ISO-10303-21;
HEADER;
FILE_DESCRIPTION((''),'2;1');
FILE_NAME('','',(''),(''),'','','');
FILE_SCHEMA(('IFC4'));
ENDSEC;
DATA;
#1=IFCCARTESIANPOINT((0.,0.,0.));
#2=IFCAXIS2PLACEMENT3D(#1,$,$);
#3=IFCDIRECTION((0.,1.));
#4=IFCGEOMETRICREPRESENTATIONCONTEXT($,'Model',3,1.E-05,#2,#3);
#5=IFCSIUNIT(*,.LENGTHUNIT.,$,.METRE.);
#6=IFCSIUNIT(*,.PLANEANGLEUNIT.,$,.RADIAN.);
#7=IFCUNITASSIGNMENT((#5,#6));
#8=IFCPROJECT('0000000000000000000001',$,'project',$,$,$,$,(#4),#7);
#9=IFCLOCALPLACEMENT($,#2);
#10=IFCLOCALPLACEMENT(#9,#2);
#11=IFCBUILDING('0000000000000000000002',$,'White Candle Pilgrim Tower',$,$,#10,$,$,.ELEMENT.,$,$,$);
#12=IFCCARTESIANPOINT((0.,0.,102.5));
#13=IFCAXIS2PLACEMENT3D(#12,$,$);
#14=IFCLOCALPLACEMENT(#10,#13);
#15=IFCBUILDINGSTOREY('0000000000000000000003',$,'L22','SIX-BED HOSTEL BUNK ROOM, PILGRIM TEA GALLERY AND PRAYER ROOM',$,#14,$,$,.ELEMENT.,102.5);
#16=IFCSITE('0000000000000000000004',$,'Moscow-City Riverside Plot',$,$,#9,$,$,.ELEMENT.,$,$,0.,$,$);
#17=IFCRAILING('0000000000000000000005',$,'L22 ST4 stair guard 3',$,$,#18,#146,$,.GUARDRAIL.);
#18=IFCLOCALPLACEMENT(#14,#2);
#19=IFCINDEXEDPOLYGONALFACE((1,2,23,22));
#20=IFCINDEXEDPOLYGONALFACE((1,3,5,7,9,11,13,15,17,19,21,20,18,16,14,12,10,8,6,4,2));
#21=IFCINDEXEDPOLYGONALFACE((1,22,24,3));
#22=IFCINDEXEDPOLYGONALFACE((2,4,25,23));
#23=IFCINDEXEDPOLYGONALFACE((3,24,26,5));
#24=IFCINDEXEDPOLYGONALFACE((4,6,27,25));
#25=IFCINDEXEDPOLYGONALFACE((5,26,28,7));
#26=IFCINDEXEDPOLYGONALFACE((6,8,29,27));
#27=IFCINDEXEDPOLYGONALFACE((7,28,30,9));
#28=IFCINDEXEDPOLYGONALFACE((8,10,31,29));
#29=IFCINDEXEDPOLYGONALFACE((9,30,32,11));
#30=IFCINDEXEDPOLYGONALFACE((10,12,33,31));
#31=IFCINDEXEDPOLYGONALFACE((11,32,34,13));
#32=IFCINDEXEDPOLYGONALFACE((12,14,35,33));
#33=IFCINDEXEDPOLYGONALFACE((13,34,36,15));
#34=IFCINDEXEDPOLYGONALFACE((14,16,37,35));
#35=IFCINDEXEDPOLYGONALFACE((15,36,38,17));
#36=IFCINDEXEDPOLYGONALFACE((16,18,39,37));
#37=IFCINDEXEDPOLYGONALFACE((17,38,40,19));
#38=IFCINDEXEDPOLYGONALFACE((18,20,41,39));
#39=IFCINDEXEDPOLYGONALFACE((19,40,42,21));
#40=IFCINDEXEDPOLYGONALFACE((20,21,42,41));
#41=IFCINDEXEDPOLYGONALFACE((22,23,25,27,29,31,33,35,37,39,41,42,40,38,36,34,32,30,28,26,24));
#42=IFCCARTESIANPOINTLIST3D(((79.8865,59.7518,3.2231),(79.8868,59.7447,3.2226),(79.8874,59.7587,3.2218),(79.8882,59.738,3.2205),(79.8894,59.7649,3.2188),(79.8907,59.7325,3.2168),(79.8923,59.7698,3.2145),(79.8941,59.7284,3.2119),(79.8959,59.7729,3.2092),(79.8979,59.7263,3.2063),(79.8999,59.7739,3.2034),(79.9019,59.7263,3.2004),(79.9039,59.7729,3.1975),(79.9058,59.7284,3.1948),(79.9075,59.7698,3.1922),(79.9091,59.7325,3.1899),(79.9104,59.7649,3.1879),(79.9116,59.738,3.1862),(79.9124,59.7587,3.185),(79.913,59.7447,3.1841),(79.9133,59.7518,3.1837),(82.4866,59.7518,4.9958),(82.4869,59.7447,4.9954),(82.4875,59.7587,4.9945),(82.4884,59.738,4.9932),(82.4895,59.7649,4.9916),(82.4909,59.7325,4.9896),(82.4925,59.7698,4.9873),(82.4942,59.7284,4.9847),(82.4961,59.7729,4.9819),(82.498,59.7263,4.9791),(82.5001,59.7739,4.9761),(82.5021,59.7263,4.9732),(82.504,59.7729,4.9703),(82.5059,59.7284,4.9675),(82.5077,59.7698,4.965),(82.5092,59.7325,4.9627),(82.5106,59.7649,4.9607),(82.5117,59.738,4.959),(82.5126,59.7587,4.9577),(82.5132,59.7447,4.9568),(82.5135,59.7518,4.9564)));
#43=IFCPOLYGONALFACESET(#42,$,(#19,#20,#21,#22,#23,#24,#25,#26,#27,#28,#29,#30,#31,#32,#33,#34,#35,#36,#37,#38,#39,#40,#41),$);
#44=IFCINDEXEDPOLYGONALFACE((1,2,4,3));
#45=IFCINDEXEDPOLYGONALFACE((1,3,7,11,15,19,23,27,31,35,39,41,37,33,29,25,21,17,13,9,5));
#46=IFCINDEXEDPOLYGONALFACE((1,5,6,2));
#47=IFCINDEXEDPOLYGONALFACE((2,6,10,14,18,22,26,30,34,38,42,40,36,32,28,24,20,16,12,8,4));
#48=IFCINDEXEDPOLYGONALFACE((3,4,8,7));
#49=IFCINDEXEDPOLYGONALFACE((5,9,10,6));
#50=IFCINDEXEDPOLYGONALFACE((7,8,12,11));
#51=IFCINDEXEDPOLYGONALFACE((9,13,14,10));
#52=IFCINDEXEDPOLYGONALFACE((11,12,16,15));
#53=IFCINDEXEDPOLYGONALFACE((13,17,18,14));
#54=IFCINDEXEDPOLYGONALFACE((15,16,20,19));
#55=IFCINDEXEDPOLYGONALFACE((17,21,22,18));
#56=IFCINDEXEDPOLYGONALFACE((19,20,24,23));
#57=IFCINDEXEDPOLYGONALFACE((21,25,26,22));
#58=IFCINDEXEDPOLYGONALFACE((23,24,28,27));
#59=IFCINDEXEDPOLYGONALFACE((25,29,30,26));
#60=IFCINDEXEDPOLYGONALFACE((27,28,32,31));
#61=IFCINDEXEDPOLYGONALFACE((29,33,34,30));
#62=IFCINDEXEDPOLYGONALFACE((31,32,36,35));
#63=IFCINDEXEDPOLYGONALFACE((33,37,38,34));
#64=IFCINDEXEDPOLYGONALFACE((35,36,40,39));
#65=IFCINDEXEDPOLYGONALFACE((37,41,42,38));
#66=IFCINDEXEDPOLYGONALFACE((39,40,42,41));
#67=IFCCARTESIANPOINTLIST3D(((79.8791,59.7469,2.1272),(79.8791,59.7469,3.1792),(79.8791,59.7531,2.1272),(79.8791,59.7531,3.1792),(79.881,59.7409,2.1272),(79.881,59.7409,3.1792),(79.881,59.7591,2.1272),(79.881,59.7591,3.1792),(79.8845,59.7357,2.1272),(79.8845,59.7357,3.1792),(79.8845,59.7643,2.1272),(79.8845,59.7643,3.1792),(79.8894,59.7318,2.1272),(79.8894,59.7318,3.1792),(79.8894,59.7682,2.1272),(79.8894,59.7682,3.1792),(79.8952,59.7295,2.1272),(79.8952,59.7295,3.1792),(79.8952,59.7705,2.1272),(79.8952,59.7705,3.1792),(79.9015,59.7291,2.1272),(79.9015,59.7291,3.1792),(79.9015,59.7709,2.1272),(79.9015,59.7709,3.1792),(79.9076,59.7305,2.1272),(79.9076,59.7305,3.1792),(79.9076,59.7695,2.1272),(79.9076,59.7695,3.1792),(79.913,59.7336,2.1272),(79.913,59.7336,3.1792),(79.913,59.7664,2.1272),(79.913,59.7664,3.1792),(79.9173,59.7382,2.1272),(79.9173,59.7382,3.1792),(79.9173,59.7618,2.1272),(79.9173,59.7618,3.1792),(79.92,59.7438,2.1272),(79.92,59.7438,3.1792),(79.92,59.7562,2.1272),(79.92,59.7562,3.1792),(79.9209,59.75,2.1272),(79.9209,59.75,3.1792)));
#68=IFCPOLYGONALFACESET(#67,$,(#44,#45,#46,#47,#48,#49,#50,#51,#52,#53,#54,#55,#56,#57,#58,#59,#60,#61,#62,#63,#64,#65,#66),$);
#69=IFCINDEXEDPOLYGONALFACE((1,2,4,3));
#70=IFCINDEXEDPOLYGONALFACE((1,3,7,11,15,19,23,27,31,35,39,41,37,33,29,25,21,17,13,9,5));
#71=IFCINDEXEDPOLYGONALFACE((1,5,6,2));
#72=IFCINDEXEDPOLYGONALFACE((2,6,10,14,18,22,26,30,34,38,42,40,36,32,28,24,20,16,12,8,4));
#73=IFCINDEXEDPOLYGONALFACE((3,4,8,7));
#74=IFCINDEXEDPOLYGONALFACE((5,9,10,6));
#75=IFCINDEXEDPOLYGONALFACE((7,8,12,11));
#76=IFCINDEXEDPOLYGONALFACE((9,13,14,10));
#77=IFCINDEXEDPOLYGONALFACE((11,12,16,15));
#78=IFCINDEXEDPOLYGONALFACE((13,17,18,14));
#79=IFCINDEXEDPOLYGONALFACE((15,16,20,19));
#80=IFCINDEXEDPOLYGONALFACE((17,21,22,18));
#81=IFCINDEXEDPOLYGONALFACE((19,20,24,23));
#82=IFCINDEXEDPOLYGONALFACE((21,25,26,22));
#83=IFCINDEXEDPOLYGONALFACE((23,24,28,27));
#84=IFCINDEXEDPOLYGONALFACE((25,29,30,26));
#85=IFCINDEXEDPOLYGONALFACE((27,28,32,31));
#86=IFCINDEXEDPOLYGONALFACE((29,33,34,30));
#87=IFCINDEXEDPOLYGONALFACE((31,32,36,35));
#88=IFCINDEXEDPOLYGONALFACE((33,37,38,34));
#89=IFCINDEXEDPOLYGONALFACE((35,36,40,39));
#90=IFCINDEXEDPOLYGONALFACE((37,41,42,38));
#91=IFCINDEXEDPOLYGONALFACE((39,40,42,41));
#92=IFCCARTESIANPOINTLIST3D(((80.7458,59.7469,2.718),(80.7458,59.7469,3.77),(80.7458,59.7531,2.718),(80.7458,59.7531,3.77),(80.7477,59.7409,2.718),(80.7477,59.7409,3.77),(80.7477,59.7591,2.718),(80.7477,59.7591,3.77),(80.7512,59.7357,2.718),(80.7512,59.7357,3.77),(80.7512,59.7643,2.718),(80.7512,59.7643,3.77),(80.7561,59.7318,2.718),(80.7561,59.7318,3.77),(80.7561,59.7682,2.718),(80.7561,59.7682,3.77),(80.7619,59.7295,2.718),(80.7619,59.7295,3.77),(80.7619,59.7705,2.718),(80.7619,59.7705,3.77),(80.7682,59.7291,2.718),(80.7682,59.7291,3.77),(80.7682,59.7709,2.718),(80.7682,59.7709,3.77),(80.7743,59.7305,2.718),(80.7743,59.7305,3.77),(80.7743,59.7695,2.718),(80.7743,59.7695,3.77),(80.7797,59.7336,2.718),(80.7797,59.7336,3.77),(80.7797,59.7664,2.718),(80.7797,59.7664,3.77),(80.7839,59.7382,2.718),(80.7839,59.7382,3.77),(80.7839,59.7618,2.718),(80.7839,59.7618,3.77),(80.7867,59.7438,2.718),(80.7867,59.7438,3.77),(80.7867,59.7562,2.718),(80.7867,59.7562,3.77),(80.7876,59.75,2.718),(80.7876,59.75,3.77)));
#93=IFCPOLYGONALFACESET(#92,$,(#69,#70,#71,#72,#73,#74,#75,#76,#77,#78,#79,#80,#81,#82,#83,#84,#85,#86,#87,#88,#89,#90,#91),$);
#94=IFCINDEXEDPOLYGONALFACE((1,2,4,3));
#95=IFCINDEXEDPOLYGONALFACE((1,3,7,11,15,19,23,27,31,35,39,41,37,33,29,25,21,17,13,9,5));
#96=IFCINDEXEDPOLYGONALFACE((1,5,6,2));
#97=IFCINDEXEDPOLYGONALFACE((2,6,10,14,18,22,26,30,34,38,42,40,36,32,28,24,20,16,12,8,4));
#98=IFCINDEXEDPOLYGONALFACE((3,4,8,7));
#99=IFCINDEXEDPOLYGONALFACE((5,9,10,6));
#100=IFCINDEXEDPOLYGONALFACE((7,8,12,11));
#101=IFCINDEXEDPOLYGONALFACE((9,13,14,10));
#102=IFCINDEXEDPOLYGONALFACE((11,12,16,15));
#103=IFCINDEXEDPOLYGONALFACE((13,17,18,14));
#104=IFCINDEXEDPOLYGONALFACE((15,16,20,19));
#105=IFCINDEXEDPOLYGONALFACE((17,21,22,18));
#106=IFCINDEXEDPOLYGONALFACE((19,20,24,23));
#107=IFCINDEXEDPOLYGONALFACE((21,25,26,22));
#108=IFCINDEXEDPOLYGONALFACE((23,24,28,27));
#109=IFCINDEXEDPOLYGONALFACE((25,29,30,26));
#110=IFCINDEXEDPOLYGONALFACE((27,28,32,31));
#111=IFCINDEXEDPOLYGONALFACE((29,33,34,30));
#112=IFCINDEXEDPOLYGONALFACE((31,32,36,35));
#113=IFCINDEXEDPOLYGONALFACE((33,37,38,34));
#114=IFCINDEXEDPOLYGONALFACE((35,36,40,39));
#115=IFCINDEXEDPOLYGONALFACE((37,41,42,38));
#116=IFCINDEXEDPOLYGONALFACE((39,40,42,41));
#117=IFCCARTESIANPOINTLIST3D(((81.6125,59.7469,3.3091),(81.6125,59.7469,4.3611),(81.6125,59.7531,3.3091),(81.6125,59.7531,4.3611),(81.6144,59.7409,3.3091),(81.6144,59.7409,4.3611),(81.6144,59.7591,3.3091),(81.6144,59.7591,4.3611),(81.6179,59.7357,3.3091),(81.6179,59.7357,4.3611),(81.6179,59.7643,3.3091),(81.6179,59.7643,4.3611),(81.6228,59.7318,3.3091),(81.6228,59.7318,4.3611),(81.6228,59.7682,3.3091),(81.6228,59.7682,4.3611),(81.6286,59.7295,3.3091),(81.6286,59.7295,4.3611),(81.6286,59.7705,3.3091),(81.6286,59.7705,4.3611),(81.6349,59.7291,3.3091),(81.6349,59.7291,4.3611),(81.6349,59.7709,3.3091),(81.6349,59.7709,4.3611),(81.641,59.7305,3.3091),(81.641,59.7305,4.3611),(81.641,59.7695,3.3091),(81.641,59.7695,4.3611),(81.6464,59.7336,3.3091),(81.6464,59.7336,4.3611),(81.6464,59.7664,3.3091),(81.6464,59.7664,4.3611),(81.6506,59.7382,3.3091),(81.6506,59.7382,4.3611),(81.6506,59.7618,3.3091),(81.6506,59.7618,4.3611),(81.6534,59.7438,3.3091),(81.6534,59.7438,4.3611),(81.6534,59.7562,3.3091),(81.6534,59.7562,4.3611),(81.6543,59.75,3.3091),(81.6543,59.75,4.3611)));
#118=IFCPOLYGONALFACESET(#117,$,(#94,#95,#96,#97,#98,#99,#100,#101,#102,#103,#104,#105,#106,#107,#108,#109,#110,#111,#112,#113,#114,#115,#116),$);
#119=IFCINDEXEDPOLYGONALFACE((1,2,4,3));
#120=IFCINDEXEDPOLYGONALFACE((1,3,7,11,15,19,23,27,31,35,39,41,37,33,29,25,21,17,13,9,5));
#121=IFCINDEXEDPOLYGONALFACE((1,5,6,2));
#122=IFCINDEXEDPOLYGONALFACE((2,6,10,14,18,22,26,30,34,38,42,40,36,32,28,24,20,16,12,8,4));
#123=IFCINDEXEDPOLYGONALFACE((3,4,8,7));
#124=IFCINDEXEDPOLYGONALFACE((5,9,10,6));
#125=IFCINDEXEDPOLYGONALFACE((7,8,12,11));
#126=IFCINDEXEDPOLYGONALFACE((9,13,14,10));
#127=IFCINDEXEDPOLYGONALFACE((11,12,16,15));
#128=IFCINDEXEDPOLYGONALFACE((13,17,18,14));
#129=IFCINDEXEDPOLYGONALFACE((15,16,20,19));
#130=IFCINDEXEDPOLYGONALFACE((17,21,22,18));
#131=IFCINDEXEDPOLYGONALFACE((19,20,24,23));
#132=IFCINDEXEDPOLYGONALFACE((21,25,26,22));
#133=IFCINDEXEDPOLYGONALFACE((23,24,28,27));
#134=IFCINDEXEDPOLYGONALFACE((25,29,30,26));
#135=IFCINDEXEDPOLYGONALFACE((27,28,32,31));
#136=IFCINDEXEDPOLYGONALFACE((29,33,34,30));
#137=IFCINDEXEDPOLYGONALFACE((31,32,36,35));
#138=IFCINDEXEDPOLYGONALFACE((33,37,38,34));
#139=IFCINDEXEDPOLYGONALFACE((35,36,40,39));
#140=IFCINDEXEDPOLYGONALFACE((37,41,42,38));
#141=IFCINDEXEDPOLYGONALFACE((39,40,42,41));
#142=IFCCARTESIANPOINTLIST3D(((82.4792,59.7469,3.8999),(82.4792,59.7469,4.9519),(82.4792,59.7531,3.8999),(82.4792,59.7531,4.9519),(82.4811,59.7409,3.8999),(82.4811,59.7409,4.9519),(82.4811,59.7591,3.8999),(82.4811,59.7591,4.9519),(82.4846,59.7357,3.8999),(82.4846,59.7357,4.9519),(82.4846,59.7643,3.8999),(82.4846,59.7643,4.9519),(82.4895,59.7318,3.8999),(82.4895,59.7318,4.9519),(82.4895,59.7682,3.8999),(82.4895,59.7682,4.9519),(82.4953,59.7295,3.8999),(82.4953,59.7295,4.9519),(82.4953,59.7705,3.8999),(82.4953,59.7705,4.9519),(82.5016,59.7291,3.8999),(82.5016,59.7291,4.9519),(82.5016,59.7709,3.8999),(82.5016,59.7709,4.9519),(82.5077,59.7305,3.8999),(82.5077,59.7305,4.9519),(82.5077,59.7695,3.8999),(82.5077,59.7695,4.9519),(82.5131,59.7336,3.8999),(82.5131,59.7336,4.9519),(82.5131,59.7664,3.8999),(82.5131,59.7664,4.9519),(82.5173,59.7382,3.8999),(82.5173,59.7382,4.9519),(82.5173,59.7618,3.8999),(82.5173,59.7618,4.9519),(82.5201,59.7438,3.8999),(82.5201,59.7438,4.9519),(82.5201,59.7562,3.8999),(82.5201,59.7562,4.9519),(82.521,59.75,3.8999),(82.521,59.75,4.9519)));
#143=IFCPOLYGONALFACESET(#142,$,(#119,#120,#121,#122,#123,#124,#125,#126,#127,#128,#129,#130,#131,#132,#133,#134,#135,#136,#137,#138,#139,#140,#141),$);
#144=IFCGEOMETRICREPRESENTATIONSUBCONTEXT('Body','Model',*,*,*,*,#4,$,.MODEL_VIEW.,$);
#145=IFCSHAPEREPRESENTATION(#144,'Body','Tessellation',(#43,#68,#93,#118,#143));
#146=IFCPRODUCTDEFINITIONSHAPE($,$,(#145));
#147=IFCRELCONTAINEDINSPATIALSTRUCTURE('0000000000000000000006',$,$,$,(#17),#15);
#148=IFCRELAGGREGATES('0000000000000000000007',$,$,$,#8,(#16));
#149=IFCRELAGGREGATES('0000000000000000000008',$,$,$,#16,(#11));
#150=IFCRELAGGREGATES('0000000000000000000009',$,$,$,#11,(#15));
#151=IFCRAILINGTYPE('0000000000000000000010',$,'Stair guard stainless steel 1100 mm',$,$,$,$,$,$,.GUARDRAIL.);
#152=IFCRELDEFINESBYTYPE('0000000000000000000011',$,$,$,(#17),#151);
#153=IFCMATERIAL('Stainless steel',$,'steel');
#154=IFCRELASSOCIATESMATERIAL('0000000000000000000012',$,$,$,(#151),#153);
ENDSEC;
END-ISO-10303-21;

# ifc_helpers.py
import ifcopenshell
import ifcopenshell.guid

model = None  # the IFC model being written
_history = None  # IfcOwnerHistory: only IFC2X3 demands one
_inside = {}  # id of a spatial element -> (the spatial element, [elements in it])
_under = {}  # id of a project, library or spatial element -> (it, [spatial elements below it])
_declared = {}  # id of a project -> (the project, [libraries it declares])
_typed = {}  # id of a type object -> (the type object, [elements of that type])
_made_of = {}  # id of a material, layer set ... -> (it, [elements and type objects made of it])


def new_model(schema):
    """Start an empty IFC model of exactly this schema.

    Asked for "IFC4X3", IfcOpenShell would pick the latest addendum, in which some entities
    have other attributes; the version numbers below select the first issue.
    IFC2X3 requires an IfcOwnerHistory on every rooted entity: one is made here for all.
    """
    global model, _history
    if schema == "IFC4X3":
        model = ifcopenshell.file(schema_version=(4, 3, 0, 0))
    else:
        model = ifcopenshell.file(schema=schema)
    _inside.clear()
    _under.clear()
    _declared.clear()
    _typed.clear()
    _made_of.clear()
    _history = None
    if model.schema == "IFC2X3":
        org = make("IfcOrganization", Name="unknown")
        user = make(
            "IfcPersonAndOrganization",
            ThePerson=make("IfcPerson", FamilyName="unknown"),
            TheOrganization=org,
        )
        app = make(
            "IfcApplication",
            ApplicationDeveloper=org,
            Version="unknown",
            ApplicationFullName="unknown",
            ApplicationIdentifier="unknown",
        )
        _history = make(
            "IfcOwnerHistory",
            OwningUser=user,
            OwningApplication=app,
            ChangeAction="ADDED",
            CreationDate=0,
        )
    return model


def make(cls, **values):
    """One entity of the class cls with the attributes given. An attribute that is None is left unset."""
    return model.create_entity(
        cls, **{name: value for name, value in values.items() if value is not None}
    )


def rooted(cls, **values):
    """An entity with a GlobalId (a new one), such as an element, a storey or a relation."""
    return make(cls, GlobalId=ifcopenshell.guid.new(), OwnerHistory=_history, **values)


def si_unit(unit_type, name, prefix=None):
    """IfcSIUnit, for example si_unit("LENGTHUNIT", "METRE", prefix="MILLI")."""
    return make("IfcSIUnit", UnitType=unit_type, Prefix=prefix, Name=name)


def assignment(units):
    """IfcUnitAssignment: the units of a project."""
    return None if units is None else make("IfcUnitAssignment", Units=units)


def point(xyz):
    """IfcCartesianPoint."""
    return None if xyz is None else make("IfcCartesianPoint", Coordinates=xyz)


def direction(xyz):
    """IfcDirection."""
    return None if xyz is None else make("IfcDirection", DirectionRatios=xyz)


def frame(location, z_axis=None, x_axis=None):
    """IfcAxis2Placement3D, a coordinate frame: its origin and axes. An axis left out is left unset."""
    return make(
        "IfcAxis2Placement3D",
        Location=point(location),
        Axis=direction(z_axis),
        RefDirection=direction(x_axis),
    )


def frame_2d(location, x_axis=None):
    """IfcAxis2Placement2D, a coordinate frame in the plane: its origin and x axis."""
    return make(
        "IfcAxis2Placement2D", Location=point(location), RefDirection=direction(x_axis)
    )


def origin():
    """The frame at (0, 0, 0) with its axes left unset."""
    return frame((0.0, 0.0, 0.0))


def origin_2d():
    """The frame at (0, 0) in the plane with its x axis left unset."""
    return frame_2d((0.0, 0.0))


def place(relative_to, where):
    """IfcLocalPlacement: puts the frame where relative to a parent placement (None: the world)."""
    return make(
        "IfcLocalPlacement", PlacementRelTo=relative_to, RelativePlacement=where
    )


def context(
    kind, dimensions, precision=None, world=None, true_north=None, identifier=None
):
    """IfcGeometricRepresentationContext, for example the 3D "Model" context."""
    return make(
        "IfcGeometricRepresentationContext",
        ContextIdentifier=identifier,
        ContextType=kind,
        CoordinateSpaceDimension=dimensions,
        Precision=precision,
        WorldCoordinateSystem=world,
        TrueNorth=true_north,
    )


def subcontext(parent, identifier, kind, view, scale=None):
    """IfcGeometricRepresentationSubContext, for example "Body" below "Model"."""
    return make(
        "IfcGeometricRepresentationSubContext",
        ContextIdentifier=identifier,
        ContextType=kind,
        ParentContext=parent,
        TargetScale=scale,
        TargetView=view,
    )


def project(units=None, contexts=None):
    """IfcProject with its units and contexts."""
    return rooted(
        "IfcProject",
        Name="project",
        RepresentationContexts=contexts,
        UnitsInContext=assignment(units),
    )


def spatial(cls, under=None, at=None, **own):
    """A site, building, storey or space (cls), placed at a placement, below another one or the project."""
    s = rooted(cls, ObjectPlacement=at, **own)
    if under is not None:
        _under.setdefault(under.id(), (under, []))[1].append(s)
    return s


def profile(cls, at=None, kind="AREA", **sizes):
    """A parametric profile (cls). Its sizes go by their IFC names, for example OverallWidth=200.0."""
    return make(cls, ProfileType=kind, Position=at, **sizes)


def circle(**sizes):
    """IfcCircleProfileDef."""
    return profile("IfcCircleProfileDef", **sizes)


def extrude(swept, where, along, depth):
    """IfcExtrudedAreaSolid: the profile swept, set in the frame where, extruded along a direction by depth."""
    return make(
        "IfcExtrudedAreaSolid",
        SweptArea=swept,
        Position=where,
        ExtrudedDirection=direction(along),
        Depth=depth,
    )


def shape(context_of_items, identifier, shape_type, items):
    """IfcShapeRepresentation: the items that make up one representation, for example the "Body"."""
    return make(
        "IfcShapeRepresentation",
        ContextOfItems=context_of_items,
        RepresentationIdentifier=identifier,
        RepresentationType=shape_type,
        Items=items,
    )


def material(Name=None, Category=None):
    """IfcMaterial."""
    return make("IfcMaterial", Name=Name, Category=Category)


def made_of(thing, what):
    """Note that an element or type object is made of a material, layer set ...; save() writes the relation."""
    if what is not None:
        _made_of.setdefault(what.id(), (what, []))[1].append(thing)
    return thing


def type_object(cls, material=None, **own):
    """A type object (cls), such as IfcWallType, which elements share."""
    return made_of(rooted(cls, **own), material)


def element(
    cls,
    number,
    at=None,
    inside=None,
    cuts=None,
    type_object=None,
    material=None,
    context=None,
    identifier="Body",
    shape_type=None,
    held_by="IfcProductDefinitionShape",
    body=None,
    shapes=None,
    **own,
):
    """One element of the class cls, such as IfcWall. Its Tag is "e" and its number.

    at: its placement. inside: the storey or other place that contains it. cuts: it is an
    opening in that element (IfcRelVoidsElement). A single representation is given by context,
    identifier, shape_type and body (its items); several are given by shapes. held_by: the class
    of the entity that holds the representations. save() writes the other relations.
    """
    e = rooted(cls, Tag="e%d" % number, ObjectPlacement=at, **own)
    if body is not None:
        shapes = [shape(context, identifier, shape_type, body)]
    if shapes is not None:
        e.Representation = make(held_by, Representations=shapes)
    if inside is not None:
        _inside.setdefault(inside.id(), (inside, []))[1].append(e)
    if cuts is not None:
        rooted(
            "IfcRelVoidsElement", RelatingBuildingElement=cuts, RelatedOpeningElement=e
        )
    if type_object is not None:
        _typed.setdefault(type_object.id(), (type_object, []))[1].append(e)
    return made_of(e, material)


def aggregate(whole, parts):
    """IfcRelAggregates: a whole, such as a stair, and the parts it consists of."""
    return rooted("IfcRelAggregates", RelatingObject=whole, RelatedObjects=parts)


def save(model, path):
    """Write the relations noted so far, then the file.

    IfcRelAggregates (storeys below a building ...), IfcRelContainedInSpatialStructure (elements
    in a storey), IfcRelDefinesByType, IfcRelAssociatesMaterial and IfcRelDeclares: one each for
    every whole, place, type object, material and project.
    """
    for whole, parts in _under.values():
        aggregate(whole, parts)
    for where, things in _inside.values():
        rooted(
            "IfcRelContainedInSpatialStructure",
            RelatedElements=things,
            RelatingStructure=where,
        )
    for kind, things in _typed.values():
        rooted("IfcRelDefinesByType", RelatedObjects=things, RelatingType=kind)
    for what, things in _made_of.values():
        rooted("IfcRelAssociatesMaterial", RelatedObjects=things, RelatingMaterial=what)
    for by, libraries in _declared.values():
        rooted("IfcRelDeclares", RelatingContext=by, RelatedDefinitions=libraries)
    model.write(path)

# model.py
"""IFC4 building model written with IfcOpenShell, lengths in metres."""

from ifc_helpers import new_model, si_unit, direction, frame, origin, origin_2d, place, context, subcontext, project, spatial, circle, extrude, material, type_object, element, save


model = new_model("IFC4")

# Units and contexts
model_context = context("Model", 3, precision=1e-05, world=origin(), true_north=direction((0.0, 1.0)))
body_context = subcontext(model_context, "Body", "Model", "MODEL_VIEW")
ifc_project = project(units=[si_unit("LENGTHUNIT", "METRE"), si_unit("PLANEANGLEUNIT", "RADIAN")], contexts=[model_context])

# Site, building, storey
site_placement = place(None, origin())
site = spatial("IfcSite", under=ifc_project, at=site_placement, Name="Moscow-City Riverside Plot", CompositionType="ELEMENT", RefElevation=0.0)
building_placement = place(site_placement, origin())
building = spatial("IfcBuilding", under=site, at=building_placement, Name="White Candle Pilgrim Tower", CompositionType="ELEMENT")
storey_placement = place(building_placement, frame((0.0, 0.0, 102.5)))
storey = spatial("IfcBuildingStorey", under=building, at=storey_placement, Name="L22", Description="SIX-BED HOSTEL BUNK ROOM, PILGRIM TEA GALLERY AND PRAYER ROOM", CompositionType="ELEMENT", Elevation=102.5)

# Railing
ifc_material_1 = material(Name="Stainless steel", Category="steel")
railing_type_1 = type_object("IfcRailingType", Name="Stair guard stainless steel 1100 mm", PredefinedType="GUARDRAIL", material=ifc_material_1)
railing_1_placement = place(storey_placement, frame((79.8999, 59.75, 2.1272)))
element("IfcRailing", 1, at=railing_1_placement, inside=storey, type_object=railing_type_1, Name="L22 ST4 stair guard 3", PredefinedType="GUARDRAIL", context=body_context, shape_type="SweptSolid", body=[
    extrude(circle(Radius=0.0239, at=origin_2d()), frame((0.0, 0.0, 1.0762), z_axis=(0.82624, 0.0, 0.563318), x_axis=(0.0, 1.0, 0.0)), (0.0, 0.0, 1.0), 3.147),
    extrude(circle(Radius=0.021, at=origin_2d()), origin(), (0.0, 0.0, 1.0), 1.052),
    extrude(circle(Radius=0.021, at=origin_2d()), frame((0.8667, 0.0, 0.5908)), (0.0, 0.0, 1.0), 1.052),
    extrude(circle(Radius=0.021, at=origin_2d()), frame((1.7334, 0.0, 1.1819)), (0.0, 0.0, 1.0), 1.052),
    extrude(circle(Radius=0.021, at=origin_2d()), frame((2.6001, 0.0, 1.7727)), (0.0, 0.0, 1.0), 1.052),
])

save(model, "model.ifc")
